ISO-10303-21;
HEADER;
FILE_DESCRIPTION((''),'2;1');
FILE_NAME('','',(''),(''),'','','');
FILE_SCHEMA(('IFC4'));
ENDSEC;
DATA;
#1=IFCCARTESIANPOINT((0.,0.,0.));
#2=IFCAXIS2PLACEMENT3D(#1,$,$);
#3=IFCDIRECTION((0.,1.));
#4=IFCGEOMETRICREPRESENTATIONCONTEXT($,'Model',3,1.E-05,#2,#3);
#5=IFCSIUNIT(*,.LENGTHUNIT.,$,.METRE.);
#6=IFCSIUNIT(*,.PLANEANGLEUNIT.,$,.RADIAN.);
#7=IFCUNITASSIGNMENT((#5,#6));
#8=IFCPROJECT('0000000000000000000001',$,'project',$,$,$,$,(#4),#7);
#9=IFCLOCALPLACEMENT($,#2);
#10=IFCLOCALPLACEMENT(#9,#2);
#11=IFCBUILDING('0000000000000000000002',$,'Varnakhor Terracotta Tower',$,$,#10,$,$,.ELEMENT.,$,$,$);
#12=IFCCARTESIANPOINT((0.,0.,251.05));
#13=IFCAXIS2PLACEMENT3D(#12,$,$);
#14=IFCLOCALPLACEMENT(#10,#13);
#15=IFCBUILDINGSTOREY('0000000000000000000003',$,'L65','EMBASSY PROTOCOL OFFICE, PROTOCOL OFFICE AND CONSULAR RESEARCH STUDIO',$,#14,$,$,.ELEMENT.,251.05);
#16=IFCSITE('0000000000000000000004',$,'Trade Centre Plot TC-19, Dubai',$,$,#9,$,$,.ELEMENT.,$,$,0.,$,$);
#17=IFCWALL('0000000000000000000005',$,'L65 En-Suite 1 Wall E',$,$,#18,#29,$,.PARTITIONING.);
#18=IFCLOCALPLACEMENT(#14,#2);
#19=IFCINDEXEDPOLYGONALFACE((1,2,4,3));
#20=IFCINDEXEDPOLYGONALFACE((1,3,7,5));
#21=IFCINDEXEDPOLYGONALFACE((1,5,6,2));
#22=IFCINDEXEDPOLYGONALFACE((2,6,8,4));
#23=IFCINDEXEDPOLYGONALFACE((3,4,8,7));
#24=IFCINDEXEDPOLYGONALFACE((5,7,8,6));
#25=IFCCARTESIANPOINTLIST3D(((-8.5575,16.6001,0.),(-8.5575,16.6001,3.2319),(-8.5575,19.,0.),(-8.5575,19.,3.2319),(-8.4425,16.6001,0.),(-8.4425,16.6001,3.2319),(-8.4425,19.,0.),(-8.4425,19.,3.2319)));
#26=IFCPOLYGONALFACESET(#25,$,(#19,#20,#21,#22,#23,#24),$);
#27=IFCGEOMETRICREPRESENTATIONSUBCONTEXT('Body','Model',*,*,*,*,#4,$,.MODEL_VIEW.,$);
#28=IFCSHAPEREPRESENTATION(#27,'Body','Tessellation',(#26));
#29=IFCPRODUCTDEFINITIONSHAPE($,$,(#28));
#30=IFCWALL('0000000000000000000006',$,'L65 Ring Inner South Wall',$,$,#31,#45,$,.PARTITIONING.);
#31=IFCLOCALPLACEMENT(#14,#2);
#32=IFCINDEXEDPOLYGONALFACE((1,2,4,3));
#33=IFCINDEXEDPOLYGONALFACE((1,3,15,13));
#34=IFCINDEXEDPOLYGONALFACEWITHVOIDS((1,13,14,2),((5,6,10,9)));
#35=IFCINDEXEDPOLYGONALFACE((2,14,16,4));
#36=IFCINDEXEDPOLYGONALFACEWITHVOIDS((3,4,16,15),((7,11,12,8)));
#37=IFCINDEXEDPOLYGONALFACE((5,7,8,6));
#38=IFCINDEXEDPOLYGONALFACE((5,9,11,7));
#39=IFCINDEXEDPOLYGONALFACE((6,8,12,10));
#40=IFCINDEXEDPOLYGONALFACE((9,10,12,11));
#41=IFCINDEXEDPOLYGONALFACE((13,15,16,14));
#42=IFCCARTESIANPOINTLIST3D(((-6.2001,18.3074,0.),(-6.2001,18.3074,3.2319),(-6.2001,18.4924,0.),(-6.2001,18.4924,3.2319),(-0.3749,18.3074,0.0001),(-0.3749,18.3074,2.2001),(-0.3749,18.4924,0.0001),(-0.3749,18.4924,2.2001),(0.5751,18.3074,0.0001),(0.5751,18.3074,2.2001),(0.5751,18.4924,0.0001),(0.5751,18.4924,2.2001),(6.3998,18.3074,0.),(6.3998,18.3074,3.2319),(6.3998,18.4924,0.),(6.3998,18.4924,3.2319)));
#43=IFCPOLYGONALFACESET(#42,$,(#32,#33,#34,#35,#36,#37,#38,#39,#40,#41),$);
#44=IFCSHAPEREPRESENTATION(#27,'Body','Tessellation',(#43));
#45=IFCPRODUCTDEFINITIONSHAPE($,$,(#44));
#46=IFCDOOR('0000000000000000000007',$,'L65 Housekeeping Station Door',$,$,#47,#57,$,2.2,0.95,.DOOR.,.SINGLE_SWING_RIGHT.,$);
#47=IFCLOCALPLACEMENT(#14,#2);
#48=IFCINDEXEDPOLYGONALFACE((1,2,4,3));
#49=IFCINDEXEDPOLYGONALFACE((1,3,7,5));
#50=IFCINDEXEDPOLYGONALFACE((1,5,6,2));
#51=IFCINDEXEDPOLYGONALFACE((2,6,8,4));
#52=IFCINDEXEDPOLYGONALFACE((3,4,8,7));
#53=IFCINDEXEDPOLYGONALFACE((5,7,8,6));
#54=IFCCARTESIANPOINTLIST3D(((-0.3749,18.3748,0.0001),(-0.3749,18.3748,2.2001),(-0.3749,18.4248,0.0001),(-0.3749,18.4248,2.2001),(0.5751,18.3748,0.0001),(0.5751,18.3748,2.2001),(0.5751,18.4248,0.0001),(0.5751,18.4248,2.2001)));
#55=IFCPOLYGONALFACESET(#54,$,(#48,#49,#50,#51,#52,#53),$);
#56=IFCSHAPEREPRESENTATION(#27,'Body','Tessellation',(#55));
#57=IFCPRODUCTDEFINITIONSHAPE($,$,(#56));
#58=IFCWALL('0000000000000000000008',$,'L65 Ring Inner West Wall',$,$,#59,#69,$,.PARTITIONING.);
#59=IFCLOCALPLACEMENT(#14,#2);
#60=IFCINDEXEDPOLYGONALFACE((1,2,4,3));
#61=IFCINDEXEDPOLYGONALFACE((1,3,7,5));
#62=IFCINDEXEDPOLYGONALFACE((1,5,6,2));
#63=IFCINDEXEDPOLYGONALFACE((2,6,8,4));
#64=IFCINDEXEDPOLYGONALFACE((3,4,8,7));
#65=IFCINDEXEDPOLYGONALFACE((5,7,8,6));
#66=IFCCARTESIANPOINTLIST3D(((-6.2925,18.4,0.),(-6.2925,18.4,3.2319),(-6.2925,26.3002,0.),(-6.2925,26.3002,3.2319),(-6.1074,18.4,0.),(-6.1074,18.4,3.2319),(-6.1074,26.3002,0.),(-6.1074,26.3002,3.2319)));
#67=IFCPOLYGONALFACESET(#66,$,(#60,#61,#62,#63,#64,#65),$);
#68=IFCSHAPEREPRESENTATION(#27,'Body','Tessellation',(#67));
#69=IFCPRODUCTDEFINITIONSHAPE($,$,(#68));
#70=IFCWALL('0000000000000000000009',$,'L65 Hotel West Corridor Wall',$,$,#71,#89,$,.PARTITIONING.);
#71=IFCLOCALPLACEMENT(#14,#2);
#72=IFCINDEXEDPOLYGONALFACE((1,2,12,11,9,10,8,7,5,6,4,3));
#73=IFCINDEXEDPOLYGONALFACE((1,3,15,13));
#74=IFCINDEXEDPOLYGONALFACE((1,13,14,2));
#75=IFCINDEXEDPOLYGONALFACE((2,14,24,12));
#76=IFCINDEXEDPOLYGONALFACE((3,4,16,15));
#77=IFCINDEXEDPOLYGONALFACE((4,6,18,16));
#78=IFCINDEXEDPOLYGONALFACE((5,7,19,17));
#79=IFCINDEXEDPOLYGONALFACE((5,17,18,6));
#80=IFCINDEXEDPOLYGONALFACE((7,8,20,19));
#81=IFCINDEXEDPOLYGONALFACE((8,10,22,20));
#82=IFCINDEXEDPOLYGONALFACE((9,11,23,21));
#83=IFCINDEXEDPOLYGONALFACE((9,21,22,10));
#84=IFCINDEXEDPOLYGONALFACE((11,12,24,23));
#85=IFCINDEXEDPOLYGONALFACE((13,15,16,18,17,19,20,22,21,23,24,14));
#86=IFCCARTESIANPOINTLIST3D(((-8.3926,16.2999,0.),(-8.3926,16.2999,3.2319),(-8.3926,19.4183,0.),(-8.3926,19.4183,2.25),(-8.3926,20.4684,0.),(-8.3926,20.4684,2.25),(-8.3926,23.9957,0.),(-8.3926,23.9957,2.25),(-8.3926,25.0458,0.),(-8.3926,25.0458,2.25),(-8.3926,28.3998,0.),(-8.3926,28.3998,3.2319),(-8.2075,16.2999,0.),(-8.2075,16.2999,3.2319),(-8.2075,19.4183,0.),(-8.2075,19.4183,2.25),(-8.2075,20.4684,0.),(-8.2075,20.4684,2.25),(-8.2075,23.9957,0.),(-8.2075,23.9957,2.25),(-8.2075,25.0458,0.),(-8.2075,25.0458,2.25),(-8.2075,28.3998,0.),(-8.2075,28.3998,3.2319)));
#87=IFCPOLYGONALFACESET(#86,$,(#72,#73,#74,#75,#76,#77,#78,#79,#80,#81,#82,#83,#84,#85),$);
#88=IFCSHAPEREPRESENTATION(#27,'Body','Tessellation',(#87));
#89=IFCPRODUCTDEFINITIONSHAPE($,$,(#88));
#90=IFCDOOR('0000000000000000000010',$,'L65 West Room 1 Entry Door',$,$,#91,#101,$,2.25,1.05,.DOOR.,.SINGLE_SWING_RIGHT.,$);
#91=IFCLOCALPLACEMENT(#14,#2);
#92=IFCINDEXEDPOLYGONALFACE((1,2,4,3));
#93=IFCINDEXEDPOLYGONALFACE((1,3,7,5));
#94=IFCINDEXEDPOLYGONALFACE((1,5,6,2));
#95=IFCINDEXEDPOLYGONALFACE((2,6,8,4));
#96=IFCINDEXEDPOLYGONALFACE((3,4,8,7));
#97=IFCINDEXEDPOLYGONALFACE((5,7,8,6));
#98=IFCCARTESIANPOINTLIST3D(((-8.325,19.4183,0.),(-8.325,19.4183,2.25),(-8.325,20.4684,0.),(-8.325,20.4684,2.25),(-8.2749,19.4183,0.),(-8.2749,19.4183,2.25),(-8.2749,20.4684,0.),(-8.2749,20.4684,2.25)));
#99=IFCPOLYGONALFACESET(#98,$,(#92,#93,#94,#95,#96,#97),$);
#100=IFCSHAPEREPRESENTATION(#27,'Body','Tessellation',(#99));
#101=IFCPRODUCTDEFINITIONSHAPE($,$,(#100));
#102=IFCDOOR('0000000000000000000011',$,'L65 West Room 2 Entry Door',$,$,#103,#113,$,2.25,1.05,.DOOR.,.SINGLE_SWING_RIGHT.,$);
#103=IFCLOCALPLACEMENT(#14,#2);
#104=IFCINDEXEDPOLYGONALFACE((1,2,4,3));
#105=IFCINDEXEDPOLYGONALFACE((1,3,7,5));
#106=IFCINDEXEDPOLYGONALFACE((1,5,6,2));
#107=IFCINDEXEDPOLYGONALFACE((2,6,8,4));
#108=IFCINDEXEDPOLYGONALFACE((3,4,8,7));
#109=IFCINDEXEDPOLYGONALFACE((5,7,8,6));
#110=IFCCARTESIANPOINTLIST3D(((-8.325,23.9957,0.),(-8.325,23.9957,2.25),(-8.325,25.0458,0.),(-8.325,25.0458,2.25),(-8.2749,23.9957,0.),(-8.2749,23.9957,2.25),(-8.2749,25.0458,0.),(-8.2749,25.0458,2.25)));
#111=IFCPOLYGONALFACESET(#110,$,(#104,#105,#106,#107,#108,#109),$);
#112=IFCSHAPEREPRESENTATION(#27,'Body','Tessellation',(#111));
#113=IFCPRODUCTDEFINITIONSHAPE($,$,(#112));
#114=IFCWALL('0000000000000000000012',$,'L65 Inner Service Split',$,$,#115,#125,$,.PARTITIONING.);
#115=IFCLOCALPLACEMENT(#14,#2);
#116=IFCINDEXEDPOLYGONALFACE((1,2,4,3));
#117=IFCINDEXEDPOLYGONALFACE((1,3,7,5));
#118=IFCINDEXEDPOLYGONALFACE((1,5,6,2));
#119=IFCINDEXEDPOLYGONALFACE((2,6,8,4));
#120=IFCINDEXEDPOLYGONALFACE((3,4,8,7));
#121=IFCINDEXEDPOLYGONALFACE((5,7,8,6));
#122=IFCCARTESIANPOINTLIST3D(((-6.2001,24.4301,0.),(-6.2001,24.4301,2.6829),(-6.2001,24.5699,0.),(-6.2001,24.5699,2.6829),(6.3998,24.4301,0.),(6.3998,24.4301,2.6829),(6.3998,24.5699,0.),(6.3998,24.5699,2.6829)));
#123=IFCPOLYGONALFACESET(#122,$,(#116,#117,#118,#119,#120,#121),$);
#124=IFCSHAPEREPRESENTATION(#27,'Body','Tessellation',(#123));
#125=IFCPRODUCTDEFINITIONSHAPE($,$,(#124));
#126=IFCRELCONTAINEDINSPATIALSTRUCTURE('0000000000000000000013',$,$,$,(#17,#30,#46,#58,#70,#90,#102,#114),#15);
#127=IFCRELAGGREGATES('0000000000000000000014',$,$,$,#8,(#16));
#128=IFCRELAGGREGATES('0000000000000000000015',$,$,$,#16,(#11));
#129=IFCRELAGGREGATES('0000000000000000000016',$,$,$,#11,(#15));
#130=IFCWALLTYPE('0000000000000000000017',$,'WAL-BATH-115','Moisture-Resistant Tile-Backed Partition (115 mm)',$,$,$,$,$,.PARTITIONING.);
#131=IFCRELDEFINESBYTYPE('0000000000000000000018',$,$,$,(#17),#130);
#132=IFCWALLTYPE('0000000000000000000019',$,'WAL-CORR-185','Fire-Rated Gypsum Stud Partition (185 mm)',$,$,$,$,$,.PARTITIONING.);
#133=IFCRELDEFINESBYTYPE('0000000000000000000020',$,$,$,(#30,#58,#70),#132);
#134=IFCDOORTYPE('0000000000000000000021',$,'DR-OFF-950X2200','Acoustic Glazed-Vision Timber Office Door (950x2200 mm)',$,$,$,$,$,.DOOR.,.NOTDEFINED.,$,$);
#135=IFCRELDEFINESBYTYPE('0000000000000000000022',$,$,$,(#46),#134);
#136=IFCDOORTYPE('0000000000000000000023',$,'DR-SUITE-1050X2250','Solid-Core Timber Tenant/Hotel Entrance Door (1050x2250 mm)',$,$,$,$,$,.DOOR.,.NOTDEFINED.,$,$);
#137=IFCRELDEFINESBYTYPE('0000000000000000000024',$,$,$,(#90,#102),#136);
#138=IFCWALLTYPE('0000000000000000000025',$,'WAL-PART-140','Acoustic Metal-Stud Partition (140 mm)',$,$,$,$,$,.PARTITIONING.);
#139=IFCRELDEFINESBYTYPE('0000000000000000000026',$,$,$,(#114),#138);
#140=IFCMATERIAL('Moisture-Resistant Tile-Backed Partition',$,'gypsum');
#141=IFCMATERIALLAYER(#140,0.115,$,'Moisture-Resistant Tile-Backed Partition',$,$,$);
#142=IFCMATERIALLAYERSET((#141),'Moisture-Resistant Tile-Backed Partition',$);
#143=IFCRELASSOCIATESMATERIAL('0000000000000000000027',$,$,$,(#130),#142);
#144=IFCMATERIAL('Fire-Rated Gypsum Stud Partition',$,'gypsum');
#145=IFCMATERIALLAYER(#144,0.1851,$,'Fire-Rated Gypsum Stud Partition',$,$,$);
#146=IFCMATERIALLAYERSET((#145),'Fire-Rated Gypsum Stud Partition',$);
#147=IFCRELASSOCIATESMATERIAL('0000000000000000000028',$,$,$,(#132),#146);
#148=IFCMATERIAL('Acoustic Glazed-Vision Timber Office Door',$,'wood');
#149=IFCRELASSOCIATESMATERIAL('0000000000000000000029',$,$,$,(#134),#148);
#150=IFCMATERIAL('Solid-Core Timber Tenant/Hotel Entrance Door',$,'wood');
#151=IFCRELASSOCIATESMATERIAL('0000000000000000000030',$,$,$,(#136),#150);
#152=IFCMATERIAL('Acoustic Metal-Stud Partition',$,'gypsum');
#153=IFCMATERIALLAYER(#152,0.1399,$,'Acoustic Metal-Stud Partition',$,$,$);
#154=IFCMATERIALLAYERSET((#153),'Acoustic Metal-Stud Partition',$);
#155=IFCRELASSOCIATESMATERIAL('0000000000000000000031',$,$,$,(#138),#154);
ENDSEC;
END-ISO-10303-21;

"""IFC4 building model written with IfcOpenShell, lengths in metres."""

from ifc_helpers import new_model, si_unit, direction, frame, frame_2d, origin, place, context, subcontext, project, spatial, rectangle, extrude, source, transform, mapped, material, layer, layer_set, type_object, type_shapes, element, fill, save


model = new_model("IFC4")

# Units and contexts
model_context = context("Model", 3, precision=1e-05, world=origin(), true_north=direction((0.0, 1.0)))
body_context = subcontext(model_context, "Body", "Model", "MODEL_VIEW")
ifc_project = project(units=[si_unit("LENGTHUNIT", "METRE"), si_unit("PLANEANGLEUNIT", "RADIAN")], contexts=[model_context])

# Site, building, storey
site_placement = place(None, origin())
site = spatial("IfcSite", under=ifc_project, at=site_placement, Name="Trade Centre Plot TC-19, Dubai", CompositionType="ELEMENT", RefElevation=0.0)
building_placement = place(site_placement, origin())
building = spatial("IfcBuilding", under=site, at=building_placement, Name="Varnakhor Terracotta Tower", CompositionType="ELEMENT")
storey_placement = place(building_placement, frame((0.0, 0.0, 251.05)))
storey = spatial("IfcBuildingStorey", under=building, at=storey_placement, Name="L65", Description="EMBASSY PROTOCOL OFFICE, PROTOCOL OFFICE AND CONSULAR RESEARCH STUDIO", CompositionType="ELEMENT", Elevation=251.05)

# Shared definitions
ifc_material_1 = material(Name="Moisture-Resistant Tile-Backed Partition", Category="gypsum")
ifc_layer_1 = layer(ifc_material_1, 0.115, Name="Moisture-Resistant Tile-Backed Partition")
ifc_layer_set_1 = layer_set([ifc_layer_1], Name="Moisture-Resistant Tile-Backed Partition")
wall_type_1 = type_object("IfcWallType", Name="WAL-BATH-115", Description="Moisture-Resistant Tile-Backed Partition (115 mm)", PredefinedType="PARTITIONING", material=ifc_layer_set_1)

# Wall
wall_1_placement = place(storey_placement, frame((-8.5, 16.6001, 0.0), z_axis=(0.0, 0.0, 1.0), x_axis=(0.0, 1.0, 0.0)))
element("IfcWall", 1, at=wall_1_placement, inside=storey, type_object=wall_type_1, Name="L65 En-Suite 1 Wall E", PredefinedType="PARTITIONING", context=body_context, shape_type="SweptSolid", body=[
    extrude(rectangle(XDim=2.3999, YDim=0.115, at=frame_2d((1.2, 0.0))), origin(), (0.0, 0.0, 1.0), 3.2319),
])

# Wall, opening, door
ifc_material_2 = material(Name="Fire-Rated Gypsum Stud Partition", Category="gypsum")
ifc_layer_2 = layer(ifc_material_2, 0.1851, Name="Fire-Rated Gypsum Stud Partition")
ifc_layer_set_2 = layer_set([ifc_layer_2], Name="Fire-Rated Gypsum Stud Partition")
wall_type_2 = type_object("IfcWallType", Name="WAL-CORR-185", Description="Fire-Rated Gypsum Stud Partition (185 mm)", PredefinedType="PARTITIONING", material=ifc_layer_set_2)
wall_2_placement = place(storey_placement, frame((-6.2, 18.3999, 0.0), z_axis=(0.0, 0.0, 1.0), x_axis=(1.0, 0.0, 0.0)))
wall_2 = element("IfcWall", 2, at=wall_2_placement, inside=storey, type_object=wall_type_2, Name="L65 Ring Inner South Wall", PredefinedType="PARTITIONING", context=body_context, shape_type="SweptSolid", body=[
    extrude(rectangle(XDim=12.5999, YDim=0.1851, at=frame_2d((6.2998, 0.0))), origin(), (0.0, 0.0, 1.0), 3.2319),
])
opening_1_placement = place(wall_2_placement, frame((5.825, 0.0, 0.0)))
opening_1 = element("IfcOpeningElement", 3, at=opening_1_placement, cuts=wall_2, PredefinedType="OPENING", context=body_context, shape_type="SweptSolid", body=[
    extrude(rectangle(XDim=0.95, YDim=2.2, at=frame_2d((0.4751, 1.1001))), frame((0.0, 0.1025, 0.0), z_axis=(0.0, -1.0, 0.0), x_axis=(1.0, 0.0, 0.0)), (0.0, 0.0, 1.0), 0.2051),
])
ifc_material_3 = material(Name="Acoustic Glazed-Vision Timber Office Door", Category="wood")
door_type_1 = type_object("IfcDoorType", Name="DR-OFF-950X2200", Description="Acoustic Glazed-Vision Timber Office Door (950x2200 mm)", OperationType="NOTDEFINED", PredefinedType="DOOR", material=ifc_material_3)
shared_shape_1 = source(origin(), body_context, "Body", "SweptSolid", [
    extrude(rectangle(XDim=0.95, YDim=2.2, at=frame_2d((0.4751, 1.1001))), frame((0.0, 0.0249, 0.0), z_axis=(0.0, -1.0, 0.0), x_axis=(1.0, 0.0, 0.0)), (0.0, 0.0, 1.0), 0.05),
])
type_shapes(door_type_1, [shared_shape_1])
door_1_placement = place(opening_1_placement, origin())
door_1 = element("IfcDoor", 4, at=door_1_placement, inside=storey, type_object=door_type_1, Name="L65 Housekeeping Station Door", OperationType="SINGLE_SWING_RIGHT", OverallHeight=2.2, OverallWidth=0.95, PredefinedType="DOOR", context=body_context, shape_type="MappedRepresentation", body=[
    mapped(shared_shape_1, transform((0.0, 0.0, 0.0), scale=1.0)),
])
fill(opening_1, door_1)

# Wall
wall_3_placement = place(storey_placement, frame((-6.2, 18.3999, 0.0), z_axis=(0.0, 0.0, 1.0), x_axis=(0.0, 1.0, 0.0)))
element("IfcWall", 5, at=wall_3_placement, inside=storey, type_object=wall_type_2, Name="L65 Ring Inner West Wall", PredefinedType="PARTITIONING", context=body_context, shape_type="SweptSolid", body=[
    extrude(rectangle(XDim=7.9001, YDim=0.1851, at=frame_2d((3.9502, 0.0))), origin(), (0.0, 0.0, 1.0), 3.2319),
])

# Wall, openings, doors
wall_4_placement = place(storey_placement, frame((-8.3, 16.3, 0.0), z_axis=(0.0, 0.0, 1.0), x_axis=(0.0, 1.0, 0.0)))
wall_4 = element("IfcWall", 6, at=wall_4_placement, inside=storey, type_object=wall_type_2, Name="L65 Hotel West Corridor Wall", PredefinedType="PARTITIONING", context=body_context, shape_type="SweptSolid", body=[
    extrude(rectangle(XDim=12.0999, YDim=0.1851, at=frame_2d((6.0498, 0.0))), origin(), (0.0, 0.0, 1.0), 3.2319),
])
opening_2_placement = place(wall_4_placement, frame((3.1184, 0.0, 0.0)))
opening_2 = element("IfcOpeningElement", 7, at=opening_2_placement, cuts=wall_4, PredefinedType="OPENING", context=body_context, shape_type="SweptSolid", body=[
    extrude(rectangle(XDim=1.05, YDim=2.25, at=frame_2d((0.5249, 1.125))), frame((0.0, 0.1025, 0.0), z_axis=(0.0, -1.0, 0.0), x_axis=(1.0, 0.0, 0.0)), (0.0, 0.0, 1.0), 0.2051),
])
opening_3_placement = place(wall_4_placement, frame((7.6958, 0.0, 0.0)))
opening_3 = element("IfcOpeningElement", 8, at=opening_3_placement, cuts=wall_4, PredefinedType="OPENING", context=body_context, shape_type="SweptSolid", body=[
    extrude(rectangle(XDim=1.05, YDim=2.25, at=frame_2d((0.5249, 1.125))), frame((0.0, 0.1025, 0.0), z_axis=(0.0, -1.0, 0.0), x_axis=(1.0, 0.0, 0.0)), (0.0, 0.0, 1.0), 0.2051),
])
ifc_material_4 = material(Name="Solid-Core Timber Tenant/Hotel Entrance Door", Category="wood")
door_type_2 = type_object("IfcDoorType", Name="DR-SUITE-1050X2250", Description="Solid-Core Timber Tenant/Hotel Entrance Door (1050x2250 mm)", OperationType="NOTDEFINED", PredefinedType="DOOR", material=ifc_material_4)
shared_shape_2 = source(origin(), body_context, "Body", "SweptSolid", [
    extrude(rectangle(XDim=1.05, YDim=2.25, at=frame_2d((0.5249, 1.125))), frame((0.0, 0.0249, 0.0), z_axis=(0.0, -1.0, 0.0), x_axis=(1.0, 0.0, 0.0)), (0.0, 0.0, 1.0), 0.05),
])
type_shapes(door_type_2, [shared_shape_2])
door_2_placement = place(opening_2_placement, origin())
door_2 = element("IfcDoor", 9, at=door_2_placement, inside=storey, type_object=door_type_2, Name="L65 West Room 1 Entry Door", OperationType="SINGLE_SWING_RIGHT", OverallHeight=2.25, OverallWidth=1.05, PredefinedType="DOOR", context=body_context, shape_type="MappedRepresentation", body=[
    mapped(shared_shape_2, transform((0.0, 0.0, 0.0), scale=1.0)),
])
fill(opening_2, door_2)
door_3_placement = place(opening_3_placement, origin())
door_3 = element("IfcDoor", 10, at=door_3_placement, inside=storey, type_object=door_type_2, Name="L65 West Room 2 Entry Door", OperationType="SINGLE_SWING_RIGHT", OverallHeight=2.25, OverallWidth=1.05, PredefinedType="DOOR", context=body_context, shape_type="MappedRepresentation", body=[
    mapped(shared_shape_2, transform((0.0, 0.0, 0.0), scale=1.0)),
])
fill(opening_3, door_3)

# Wall
ifc_material_5 = material(Name="Acoustic Metal-Stud Partition", Category="gypsum")
ifc_layer_3 = layer(ifc_material_5, 0.1399, Name="Acoustic Metal-Stud Partition")
ifc_layer_set_3 = layer_set([ifc_layer_3], Name="Acoustic Metal-Stud Partition")
wall_type_3 = type_object("IfcWallType", Name="WAL-PART-140", Description="Acoustic Metal-Stud Partition (140 mm)", PredefinedType="PARTITIONING", material=ifc_layer_set_3)
wall_5_placement = place(storey_placement, frame((-6.2, 24.5, 0.0), z_axis=(0.0, 0.0, 1.0), x_axis=(1.0, 0.0, 0.0)))
element("IfcWall", 11, at=wall_5_placement, inside=storey, type_object=wall_type_3, Name="L65 Inner Service Split", PredefinedType="PARTITIONING", context=body_context, shape_type="SweptSolid", body=[
    extrude(rectangle(XDim=12.5999, YDim=0.1399, at=frame_2d((6.2998, 0.0))), origin(), (0.0, 0.0, 1.0), 2.6829),
])

save(model, "model.ifc")
